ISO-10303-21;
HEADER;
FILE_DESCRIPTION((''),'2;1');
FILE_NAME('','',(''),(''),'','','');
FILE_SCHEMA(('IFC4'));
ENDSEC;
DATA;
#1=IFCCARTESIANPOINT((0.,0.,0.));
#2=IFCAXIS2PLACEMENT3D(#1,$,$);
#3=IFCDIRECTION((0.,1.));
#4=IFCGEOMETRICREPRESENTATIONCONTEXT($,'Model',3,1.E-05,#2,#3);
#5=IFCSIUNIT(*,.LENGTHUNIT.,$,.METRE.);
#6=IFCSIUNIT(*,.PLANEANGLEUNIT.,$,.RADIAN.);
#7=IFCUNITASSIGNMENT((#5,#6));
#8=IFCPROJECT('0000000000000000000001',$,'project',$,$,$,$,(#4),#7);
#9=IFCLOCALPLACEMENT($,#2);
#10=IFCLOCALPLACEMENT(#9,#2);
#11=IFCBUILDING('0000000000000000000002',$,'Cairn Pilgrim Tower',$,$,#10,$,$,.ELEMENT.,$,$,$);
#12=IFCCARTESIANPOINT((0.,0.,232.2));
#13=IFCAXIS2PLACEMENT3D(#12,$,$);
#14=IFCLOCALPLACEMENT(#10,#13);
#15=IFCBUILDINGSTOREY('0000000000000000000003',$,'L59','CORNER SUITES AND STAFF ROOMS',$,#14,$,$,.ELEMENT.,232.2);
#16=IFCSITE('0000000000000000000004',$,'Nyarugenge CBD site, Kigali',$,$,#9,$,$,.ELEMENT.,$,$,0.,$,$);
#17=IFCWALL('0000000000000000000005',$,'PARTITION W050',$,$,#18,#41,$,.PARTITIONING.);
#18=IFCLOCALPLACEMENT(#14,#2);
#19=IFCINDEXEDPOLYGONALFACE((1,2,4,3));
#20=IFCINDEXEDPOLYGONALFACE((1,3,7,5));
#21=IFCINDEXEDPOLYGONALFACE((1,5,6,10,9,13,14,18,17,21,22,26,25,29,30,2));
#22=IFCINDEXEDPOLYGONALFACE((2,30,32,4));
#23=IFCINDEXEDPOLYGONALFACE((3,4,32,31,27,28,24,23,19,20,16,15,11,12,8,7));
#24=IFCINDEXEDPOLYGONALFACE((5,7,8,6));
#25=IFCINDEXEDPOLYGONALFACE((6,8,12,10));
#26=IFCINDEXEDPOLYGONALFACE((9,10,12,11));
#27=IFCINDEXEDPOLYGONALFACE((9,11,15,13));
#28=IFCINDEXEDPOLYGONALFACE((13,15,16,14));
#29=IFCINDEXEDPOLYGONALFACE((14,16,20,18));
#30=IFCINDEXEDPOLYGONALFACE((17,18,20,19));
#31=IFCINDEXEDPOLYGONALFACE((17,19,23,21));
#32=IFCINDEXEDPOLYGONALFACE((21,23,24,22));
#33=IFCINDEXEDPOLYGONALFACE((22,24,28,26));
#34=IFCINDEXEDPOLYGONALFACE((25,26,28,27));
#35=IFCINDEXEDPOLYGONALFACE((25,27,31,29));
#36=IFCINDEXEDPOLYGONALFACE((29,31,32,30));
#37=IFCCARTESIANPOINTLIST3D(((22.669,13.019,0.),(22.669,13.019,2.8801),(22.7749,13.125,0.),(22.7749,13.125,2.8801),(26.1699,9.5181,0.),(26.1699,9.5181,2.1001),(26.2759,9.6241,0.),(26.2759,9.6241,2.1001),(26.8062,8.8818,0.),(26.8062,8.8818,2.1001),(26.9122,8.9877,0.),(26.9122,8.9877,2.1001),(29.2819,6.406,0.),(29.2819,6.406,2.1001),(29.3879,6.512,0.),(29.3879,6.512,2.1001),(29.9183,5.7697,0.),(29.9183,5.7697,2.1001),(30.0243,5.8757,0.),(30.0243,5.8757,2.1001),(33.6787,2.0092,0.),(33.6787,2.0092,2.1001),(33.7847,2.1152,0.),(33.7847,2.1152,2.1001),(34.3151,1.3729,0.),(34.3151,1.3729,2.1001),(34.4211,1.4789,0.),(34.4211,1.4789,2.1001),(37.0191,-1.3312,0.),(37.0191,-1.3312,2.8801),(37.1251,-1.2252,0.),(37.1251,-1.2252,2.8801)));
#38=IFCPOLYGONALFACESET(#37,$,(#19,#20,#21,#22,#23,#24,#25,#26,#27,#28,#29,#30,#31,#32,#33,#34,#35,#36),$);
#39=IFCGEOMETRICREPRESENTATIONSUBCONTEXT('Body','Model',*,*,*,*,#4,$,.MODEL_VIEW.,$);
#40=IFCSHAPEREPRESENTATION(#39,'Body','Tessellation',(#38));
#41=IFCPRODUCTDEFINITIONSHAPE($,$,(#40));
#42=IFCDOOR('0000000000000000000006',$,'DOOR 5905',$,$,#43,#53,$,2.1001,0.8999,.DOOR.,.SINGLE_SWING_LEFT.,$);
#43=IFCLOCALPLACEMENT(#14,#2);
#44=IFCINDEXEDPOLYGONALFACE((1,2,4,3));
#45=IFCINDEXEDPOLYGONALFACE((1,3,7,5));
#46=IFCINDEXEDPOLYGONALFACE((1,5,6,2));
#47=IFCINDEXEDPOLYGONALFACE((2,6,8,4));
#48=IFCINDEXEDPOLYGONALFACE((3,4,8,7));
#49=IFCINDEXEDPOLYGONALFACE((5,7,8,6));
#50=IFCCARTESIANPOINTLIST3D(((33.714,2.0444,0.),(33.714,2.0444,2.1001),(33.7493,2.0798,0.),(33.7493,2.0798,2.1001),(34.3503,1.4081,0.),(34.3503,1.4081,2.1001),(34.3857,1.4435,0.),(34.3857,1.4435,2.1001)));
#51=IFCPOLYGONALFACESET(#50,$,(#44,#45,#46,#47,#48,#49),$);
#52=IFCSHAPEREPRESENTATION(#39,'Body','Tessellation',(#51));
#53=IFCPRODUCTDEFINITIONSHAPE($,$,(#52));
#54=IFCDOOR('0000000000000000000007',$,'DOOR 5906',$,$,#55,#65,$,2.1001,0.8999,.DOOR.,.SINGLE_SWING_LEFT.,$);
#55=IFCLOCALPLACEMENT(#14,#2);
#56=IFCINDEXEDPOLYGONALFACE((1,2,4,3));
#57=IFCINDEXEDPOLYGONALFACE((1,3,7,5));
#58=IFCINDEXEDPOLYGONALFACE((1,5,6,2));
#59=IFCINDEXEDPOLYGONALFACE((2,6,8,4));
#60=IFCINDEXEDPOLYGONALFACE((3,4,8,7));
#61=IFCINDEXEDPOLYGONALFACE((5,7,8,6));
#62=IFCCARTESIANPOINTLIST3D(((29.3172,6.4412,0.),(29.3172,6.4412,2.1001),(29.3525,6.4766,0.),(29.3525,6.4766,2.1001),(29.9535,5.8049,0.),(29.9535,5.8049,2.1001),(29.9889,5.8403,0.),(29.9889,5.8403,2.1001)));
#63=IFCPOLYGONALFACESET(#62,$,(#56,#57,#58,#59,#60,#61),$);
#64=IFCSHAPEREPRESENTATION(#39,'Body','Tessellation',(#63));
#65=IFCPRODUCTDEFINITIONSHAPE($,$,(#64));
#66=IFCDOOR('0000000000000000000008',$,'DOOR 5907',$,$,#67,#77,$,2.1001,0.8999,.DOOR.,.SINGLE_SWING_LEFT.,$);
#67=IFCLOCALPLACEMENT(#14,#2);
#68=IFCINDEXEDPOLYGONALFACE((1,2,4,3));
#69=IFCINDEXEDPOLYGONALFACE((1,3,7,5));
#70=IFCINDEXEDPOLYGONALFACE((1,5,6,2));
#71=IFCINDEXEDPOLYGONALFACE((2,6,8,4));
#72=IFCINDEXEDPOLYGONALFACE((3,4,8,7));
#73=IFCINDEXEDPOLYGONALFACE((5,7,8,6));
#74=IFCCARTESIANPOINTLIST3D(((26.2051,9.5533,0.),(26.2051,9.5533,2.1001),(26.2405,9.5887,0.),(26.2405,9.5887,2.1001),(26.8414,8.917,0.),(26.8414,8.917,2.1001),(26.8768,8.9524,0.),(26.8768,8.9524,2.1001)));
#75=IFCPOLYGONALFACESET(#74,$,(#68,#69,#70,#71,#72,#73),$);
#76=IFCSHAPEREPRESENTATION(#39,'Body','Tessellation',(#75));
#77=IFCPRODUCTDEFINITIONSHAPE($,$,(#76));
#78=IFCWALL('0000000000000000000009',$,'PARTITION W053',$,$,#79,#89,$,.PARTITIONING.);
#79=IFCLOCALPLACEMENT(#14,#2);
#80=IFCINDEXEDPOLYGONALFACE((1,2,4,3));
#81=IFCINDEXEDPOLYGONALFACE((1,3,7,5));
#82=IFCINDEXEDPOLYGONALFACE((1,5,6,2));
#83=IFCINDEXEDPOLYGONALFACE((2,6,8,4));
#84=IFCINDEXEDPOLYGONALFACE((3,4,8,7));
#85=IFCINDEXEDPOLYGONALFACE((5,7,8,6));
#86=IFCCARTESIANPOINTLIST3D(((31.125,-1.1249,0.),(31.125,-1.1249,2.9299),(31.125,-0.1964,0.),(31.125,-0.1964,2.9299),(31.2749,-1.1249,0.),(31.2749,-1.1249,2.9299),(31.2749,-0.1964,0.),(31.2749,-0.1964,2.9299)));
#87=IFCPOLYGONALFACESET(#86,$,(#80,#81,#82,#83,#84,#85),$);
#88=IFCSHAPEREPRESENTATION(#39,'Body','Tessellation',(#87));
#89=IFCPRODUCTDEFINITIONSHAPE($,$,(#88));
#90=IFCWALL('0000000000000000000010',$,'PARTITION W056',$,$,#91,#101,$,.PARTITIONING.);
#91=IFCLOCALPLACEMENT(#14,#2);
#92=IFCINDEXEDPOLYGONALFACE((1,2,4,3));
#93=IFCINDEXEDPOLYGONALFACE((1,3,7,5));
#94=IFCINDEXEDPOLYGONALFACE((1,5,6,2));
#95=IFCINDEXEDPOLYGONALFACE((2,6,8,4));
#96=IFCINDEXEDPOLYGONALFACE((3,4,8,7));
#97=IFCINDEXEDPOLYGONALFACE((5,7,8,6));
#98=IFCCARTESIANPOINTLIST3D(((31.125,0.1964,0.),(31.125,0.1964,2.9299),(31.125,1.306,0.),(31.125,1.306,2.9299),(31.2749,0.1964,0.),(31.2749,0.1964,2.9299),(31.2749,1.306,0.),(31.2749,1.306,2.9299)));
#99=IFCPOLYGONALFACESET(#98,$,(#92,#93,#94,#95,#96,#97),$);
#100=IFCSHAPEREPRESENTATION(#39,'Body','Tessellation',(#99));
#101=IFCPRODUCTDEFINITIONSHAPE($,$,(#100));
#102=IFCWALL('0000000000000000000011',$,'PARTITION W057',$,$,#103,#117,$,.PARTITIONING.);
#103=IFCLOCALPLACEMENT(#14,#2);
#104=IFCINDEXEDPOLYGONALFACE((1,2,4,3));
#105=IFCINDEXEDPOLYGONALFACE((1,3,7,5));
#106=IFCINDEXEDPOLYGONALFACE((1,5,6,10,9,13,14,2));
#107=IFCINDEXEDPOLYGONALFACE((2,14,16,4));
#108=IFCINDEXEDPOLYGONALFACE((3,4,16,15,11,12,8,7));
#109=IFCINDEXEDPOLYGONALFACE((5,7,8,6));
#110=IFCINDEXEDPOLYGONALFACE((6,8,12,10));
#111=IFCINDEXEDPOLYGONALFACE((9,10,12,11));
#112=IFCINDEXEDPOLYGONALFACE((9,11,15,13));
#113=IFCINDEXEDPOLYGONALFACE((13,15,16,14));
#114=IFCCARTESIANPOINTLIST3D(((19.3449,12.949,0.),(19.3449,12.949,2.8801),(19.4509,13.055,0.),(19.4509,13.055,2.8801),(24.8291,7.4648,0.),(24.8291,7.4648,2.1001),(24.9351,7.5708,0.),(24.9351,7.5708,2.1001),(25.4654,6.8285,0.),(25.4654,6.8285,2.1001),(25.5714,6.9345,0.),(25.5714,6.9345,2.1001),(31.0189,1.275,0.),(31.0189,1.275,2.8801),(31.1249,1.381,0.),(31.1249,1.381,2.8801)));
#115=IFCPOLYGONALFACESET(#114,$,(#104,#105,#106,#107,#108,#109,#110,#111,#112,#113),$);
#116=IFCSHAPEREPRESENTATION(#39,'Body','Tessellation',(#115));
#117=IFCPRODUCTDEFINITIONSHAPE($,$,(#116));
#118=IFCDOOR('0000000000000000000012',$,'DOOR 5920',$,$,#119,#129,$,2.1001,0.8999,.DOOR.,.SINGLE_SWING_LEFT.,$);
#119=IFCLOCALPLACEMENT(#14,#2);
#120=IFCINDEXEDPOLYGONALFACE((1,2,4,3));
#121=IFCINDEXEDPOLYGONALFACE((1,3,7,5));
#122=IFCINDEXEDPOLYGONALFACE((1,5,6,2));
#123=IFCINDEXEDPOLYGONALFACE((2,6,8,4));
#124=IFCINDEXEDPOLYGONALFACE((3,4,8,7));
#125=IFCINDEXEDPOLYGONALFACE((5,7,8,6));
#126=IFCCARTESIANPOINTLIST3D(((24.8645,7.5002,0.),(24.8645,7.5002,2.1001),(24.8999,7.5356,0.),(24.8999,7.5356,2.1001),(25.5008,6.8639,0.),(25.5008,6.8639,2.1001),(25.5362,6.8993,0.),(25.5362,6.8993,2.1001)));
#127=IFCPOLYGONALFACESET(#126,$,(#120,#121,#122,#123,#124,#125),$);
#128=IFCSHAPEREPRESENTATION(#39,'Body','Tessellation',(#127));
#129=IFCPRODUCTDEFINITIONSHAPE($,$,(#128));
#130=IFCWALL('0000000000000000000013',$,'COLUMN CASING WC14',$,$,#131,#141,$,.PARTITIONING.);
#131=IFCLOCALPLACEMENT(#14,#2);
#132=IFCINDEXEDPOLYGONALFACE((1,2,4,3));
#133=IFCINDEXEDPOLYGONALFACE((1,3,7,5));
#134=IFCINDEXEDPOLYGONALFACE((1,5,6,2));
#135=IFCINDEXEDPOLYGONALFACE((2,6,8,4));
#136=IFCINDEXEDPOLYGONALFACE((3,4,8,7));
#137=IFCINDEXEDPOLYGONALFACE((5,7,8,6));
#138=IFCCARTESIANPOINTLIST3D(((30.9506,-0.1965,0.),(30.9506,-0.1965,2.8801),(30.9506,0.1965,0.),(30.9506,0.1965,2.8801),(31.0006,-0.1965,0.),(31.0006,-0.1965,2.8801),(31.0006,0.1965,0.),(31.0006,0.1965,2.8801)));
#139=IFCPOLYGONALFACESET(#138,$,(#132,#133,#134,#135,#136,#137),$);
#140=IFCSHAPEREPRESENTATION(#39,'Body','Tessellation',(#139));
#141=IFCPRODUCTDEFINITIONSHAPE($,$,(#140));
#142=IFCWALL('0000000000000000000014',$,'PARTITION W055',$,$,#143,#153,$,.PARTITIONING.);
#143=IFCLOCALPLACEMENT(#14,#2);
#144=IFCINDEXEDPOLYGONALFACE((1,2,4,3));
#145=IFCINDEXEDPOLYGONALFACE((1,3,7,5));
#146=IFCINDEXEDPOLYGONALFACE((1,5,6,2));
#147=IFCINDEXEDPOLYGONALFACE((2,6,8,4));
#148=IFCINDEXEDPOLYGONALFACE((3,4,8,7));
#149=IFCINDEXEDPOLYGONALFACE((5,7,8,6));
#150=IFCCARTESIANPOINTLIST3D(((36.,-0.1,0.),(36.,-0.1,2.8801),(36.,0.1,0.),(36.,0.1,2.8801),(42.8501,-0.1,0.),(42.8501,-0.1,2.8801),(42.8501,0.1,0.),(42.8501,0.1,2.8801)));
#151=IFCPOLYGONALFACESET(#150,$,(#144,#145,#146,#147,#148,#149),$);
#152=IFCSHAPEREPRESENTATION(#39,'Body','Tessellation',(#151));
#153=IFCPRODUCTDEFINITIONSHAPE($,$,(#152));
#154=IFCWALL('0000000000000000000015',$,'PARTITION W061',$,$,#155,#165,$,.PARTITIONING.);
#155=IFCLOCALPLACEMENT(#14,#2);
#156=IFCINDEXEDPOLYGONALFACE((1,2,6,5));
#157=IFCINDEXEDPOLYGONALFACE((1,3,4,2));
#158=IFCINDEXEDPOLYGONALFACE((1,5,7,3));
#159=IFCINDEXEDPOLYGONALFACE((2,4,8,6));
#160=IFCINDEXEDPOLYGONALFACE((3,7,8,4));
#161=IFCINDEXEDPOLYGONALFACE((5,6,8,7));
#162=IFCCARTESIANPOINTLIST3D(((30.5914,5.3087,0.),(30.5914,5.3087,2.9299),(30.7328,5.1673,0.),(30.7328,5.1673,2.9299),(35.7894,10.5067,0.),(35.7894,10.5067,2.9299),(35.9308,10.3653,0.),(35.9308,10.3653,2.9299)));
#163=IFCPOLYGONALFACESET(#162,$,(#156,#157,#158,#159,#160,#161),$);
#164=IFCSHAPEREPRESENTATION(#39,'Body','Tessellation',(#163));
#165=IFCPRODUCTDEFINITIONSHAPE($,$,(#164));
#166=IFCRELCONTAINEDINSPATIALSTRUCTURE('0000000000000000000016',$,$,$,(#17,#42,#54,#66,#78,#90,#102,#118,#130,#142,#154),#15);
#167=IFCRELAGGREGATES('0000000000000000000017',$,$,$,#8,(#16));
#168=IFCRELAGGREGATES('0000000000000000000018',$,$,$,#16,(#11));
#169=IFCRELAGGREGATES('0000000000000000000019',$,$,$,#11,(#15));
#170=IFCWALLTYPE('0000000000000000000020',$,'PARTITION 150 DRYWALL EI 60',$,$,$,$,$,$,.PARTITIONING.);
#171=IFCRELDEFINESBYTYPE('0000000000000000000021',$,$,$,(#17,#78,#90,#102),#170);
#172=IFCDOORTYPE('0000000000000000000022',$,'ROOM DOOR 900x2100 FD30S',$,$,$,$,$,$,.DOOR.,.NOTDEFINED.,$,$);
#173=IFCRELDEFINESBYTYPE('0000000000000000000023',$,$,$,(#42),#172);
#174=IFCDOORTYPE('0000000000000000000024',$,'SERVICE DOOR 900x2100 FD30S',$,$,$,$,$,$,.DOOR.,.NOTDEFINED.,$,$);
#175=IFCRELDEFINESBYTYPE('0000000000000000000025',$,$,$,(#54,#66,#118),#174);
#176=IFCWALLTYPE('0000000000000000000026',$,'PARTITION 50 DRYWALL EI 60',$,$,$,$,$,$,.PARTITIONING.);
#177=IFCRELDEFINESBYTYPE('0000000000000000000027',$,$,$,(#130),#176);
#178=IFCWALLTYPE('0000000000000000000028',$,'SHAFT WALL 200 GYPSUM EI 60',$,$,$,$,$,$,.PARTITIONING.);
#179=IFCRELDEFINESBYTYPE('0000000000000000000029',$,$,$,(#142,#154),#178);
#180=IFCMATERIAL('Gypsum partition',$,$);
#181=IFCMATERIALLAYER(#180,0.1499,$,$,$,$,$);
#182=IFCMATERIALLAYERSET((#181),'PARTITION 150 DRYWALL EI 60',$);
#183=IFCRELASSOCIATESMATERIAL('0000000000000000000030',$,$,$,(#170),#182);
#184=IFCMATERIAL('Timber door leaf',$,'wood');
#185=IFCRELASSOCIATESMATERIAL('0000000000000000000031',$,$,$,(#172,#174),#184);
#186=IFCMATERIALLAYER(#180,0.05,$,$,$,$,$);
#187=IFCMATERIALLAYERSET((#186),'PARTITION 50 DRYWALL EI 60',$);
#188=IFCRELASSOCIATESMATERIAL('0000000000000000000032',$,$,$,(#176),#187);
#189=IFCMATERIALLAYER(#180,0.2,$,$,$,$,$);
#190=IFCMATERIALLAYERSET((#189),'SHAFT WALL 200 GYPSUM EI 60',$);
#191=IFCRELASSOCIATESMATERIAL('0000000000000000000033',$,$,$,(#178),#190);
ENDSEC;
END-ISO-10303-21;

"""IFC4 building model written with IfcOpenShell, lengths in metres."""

from ifc_helpers import new_model, si_unit, direction, frame, frame_2d, origin, place, context, subcontext, project, spatial, rectangle, extrude, material, layer, layer_set, type_object, element, fill, save


model = new_model("IFC4")

# Units and contexts
model_context = context("Model", 3, precision=1e-05, world=origin(), true_north=direction((0.0, 1.0)))
body_context = subcontext(model_context, "Body", "Model", "MODEL_VIEW")
ifc_project = project(units=[si_unit("LENGTHUNIT", "METRE"), si_unit("PLANEANGLEUNIT", "RADIAN")], contexts=[model_context])

# Site, building, storey
site_placement = place(None, origin())
site = spatial("IfcSite", under=ifc_project, at=site_placement, Name="Nyarugenge CBD site, Kigali", CompositionType="ELEMENT", RefElevation=0.0)
building_placement = place(site_placement, origin())
building = spatial("IfcBuilding", under=site, at=building_placement, Name="Cairn Pilgrim Tower", CompositionType="ELEMENT")
storey_placement = place(building_placement, frame((0.0, 0.0, 232.2)))
storey = spatial("IfcBuildingStorey", under=building, at=storey_placement, Name="L59", Description="CORNER SUITES AND STAFF ROOMS", CompositionType="ELEMENT", Elevation=232.2)

# Shared definitions
ifc_material_1 = material(Name="Gypsum partition")
ifc_material_2 = material(Name="Timber door leaf", Category="wood")

# Wall, openings, doors
ifc_layer_1 = layer(ifc_material_1, 0.1499)
ifc_layer_set_1 = layer_set([ifc_layer_1], Name="PARTITION 150 DRYWALL EI 60")
wall_type_1 = type_object("IfcWallType", Name="PARTITION 150 DRYWALL EI 60", PredefinedType="PARTITIONING", material=ifc_layer_set_1)
wall_1_placement = place(storey_placement, frame((37.072, -1.2781, 0.0), z_axis=(0.0, 0.0, 1.0), x_axis=(-0.707107, 0.707107, 0.0)))
wall_1 = element("IfcWall", 1, at=wall_1_placement, inside=storey, type_object=wall_type_1, Name="PARTITION W050", PredefinedType="PARTITIONING", context=body_context, shape_type="SweptSolid", body=[
    extrude(rectangle(XDim=20.2942, YDim=0.1499, at=frame_2d((10.147, 0.0))), origin(), (0.0, 0.0, 1.0), 2.8801),
])
opening_1_placement = place(wall_1_placement, frame((3.824, 0.0, 0.0)))
opening_1 = element("IfcOpeningElement", 2, at=opening_1_placement, cuts=wall_1, PredefinedType="OPENING", context=body_context, shape_type="SweptSolid", body=[
    extrude(rectangle(XDim=0.8999, YDim=2.1001, at=frame_2d((0.45, 1.05))), frame((0.0, 0.085, 0.0), z_axis=(0.0, -1.0, 0.0), x_axis=(1.0, 0.0, 0.0)), (0.0, 0.0, 1.0), 0.1699),
])
opening_2_placement = place(wall_1_placement, frame((10.042, 0.0, 0.0)))
opening_2 = element("IfcOpeningElement", 3, at=opening_2_placement, cuts=wall_1, PredefinedType="OPENING", context=body_context, shape_type="SweptSolid", body=[
    extrude(rectangle(XDim=0.8999, YDim=2.1001, at=frame_2d((0.45, 1.05))), frame((0.0, 0.085, 0.0), z_axis=(0.0, -1.0, 0.0), x_axis=(1.0, 0.0, 0.0)), (0.0, 0.0, 1.0), 0.1699),
])
opening_3_placement = place(wall_1_placement, frame((14.4431, 0.0, 0.0)))
opening_3 = element("IfcOpeningElement", 4, at=opening_3_placement, cuts=wall_1, PredefinedType="OPENING", context=body_context, shape_type="SweptSolid", body=[
    extrude(rectangle(XDim=0.8999, YDim=2.1001, at=frame_2d((0.45, 1.05))), frame((0.0, 0.085, 0.0), z_axis=(0.0, -1.0, 0.0), x_axis=(1.0, 0.0, 0.0)), (0.0, 0.0, 1.0), 0.1699),
])
door_type_1 = type_object("IfcDoorType", Name="ROOM DOOR 900x2100 FD30S", OperationType="NOTDEFINED", PredefinedType="DOOR", material=ifc_material_2)
door_1_placement = place(opening_1_placement, frame((0.8999, 0.0, 0.0), z_axis=(0.0, 0.0, 1.0), x_axis=(-1.0, 0.0, 0.0)))
door_1 = element("IfcDoor", 5, at=door_1_placement, inside=storey, type_object=door_type_1, Name="DOOR 5905", OperationType="SINGLE_SWING_LEFT", OverallHeight=2.1001, OverallWidth=0.8999, PredefinedType="DOOR", context=body_context, shape_type="SweptSolid", body=[
    extrude(rectangle(XDim=0.8999, YDim=2.1001, at=frame_2d((0.45, 1.05))), frame((0.0, 0.0249, 0.0), z_axis=(0.0, -1.0, 0.0), x_axis=(1.0, 0.0, 0.0)), (0.0, 0.0, 1.0), 0.05),
])
fill(opening_1, door_1)
door_type_2 = type_object("IfcDoorType", Name="SERVICE DOOR 900x2100 FD30S", OperationType="NOTDEFINED", PredefinedType="DOOR", material=ifc_material_2)
door_2_placement = place(opening_2_placement, frame((0.8999, 0.0, 0.0), z_axis=(0.0, 0.0, 1.0), x_axis=(-1.0, 0.0, 0.0)))
door_2 = element("IfcDoor", 6, at=door_2_placement, inside=storey, type_object=door_type_2, Name="DOOR 5906", OperationType="SINGLE_SWING_LEFT", OverallHeight=2.1001, OverallWidth=0.8999, PredefinedType="DOOR", context=body_context, shape_type="SweptSolid", body=[
    extrude(rectangle(XDim=0.8999, YDim=2.1001, at=frame_2d((0.45, 1.05))), frame((0.0, 0.0249, 0.0), z_axis=(0.0, -1.0, 0.0), x_axis=(1.0, 0.0, 0.0)), (0.0, 0.0, 1.0), 0.05),
])
fill(opening_2, door_2)
door_3_placement = place(opening_3_placement, frame((0.8999, 0.0, 0.0), z_axis=(0.0, 0.0, 1.0), x_axis=(-1.0, 0.0, 0.0)))
door_3 = element("IfcDoor", 7, at=door_3_placement, inside=storey, type_object=door_type_2, Name="DOOR 5907", OperationType="SINGLE_SWING_LEFT", OverallHeight=2.1001, OverallWidth=0.8999, PredefinedType="DOOR", context=body_context, shape_type="SweptSolid", body=[
    extrude(rectangle(XDim=0.8999, YDim=2.1001, at=frame_2d((0.45, 1.05))), frame((0.0, 0.0249, 0.0), z_axis=(0.0, -1.0, 0.0), x_axis=(1.0, 0.0, 0.0)), (0.0, 0.0, 1.0), 0.05),
])
fill(opening_3, door_3)

# Walls
wall_2_placement = place(storey_placement, frame((31.2, -1.125, 0.0), z_axis=(0.0, 0.0, 1.0), x_axis=(0.0, 1.0, 0.0)))
element("IfcWall", 8, at=wall_2_placement, inside=storey, type_object=wall_type_1, Name="PARTITION W053", PredefinedType="PARTITIONING", context=body_context, shape_type="SweptSolid", body=[
    extrude(rectangle(XDim=0.9285, YDim=0.1499, at=frame_2d((0.4644, 0.0))), origin(), (0.0, 0.0, 1.0), 2.9299),
])
wall_3_placement = place(storey_placement, frame((31.2, 0.1965, 0.0), z_axis=(0.0, 0.0, 1.0), x_axis=(0.0, 1.0, 0.0)))
element("IfcWall", 9, at=wall_3_placement, inside=storey, type_object=wall_type_1, Name="PARTITION W056", PredefinedType="PARTITIONING", context=body_context, shape_type="SweptSolid", body=[
    extrude(rectangle(XDim=1.1096, YDim=0.1499, at=frame_2d((0.5547, 0.0))), origin(), (0.0, 0.0, 1.0), 2.9299),
])

# Wall, opening, door
wall_4_placement = place(storey_placement, frame((31.072, 1.3279, 0.0), z_axis=(0.0, 0.0, 1.0), x_axis=(-0.707107, 0.707107, 0.0)))
wall_4 = element("IfcWall", 10, at=wall_4_placement, inside=storey, type_object=wall_type_1, Name="PARTITION W057", PredefinedType="PARTITIONING", context=body_context, shape_type="SweptSolid", body=[
    extrude(rectangle(XDim=16.5095, YDim=0.1499, at=frame_2d((8.2549, 0.0))), origin(), (0.0, 0.0, 1.0), 2.8801),
])
opening_4_placement = place(wall_4_placement, frame((7.854, 0.0, 0.0)))
opening_4 = element("IfcOpeningElement", 11, at=opening_4_placement, cuts=wall_4, PredefinedType="OPENING", context=body_context, shape_type="SweptSolid", body=[
    extrude(rectangle(XDim=0.8999, YDim=2.1001, at=frame_2d((0.45, 1.05))), frame((0.0, 0.085, 0.0), z_axis=(0.0, -1.0, 0.0), x_axis=(1.0, 0.0, 0.0)), (0.0, 0.0, 1.0), 0.1699),
])
door_4_placement = place(opening_4_placement, origin())
door_4 = element("IfcDoor", 12, at=door_4_placement, inside=storey, type_object=door_type_2, Name="DOOR 5920", OperationType="SINGLE_SWING_LEFT", OverallHeight=2.1001, OverallWidth=0.8999, PredefinedType="DOOR", context=body_context, shape_type="SweptSolid", body=[
    extrude(rectangle(XDim=0.8999, YDim=2.1001, at=frame_2d((0.45, 1.05))), frame((0.0, 0.0249, 0.0), z_axis=(0.0, -1.0, 0.0), x_axis=(1.0, 0.0, 0.0)), (0.0, 0.0, 1.0), 0.05),
])
fill(opening_4, door_4)

# Walls
ifc_layer_2 = layer(ifc_material_1, 0.05)
ifc_layer_set_2 = layer_set([ifc_layer_2], Name="PARTITION 50 DRYWALL EI 60")
wall_type_2 = type_object("IfcWallType", Name="PARTITION 50 DRYWALL EI 60", PredefinedType="PARTITIONING", material=ifc_layer_set_2)
wall_5_placement = place(storey_placement, frame((30.9756, -0.1965, 0.0), z_axis=(0.0, 0.0, 1.0), x_axis=(0.0, 1.0, 0.0)))
element("IfcWall", 13, at=wall_5_placement, inside=storey, type_object=wall_type_2, Name="COLUMN CASING WC14", PredefinedType="PARTITIONING", context=body_context, shape_type="SweptSolid", body=[
    extrude(rectangle(XDim=0.3931, YDim=0.05, at=frame_2d((0.1965, 0.0))), origin(), (0.0, 0.0, 1.0), 2.8801),
])
ifc_layer_3 = layer(ifc_material_1, 0.2)
ifc_layer_set_3 = layer_set([ifc_layer_3], Name="SHAFT WALL 200 GYPSUM EI 60")
wall_type_3 = type_object("IfcWallType", Name="SHAFT WALL 200 GYPSUM EI 60", PredefinedType="PARTITIONING", material=ifc_layer_set_3)
wall_6_placement = place(storey_placement, frame((36.0, 0.0, 0.0), z_axis=(0.0, 0.0, 1.0), x_axis=(1.0, 0.0, 0.0)))
element("IfcWall", 14, at=wall_6_placement, inside=storey, type_object=wall_type_3, Name="PARTITION W055", PredefinedType="PARTITIONING", context=body_context, shape_type="SweptSolid", body=[
    extrude(rectangle(XDim=6.8501, YDim=0.2, at=frame_2d((3.425, 0.0))), origin(), (0.0, 0.0, 1.0), 2.8801),
])
wall_7_placement = place(storey_placement, frame((30.6621, 5.238, 0.0), z_axis=(0.0, 0.0, 1.0), x_axis=(0.707107, 0.707107, 0.0)))
element("IfcWall", 15, at=wall_7_placement, inside=storey, type_object=wall_type_3, Name="PARTITION W061", PredefinedType="PARTITIONING", context=body_context, shape_type="SweptSolid", body=[
    extrude(rectangle(XDim=7.3511, YDim=0.2, at=frame_2d((3.6755, 0.0))), origin(), (0.0, 0.0, 1.0), 2.9299),
])

save(model, "model.ifc")
